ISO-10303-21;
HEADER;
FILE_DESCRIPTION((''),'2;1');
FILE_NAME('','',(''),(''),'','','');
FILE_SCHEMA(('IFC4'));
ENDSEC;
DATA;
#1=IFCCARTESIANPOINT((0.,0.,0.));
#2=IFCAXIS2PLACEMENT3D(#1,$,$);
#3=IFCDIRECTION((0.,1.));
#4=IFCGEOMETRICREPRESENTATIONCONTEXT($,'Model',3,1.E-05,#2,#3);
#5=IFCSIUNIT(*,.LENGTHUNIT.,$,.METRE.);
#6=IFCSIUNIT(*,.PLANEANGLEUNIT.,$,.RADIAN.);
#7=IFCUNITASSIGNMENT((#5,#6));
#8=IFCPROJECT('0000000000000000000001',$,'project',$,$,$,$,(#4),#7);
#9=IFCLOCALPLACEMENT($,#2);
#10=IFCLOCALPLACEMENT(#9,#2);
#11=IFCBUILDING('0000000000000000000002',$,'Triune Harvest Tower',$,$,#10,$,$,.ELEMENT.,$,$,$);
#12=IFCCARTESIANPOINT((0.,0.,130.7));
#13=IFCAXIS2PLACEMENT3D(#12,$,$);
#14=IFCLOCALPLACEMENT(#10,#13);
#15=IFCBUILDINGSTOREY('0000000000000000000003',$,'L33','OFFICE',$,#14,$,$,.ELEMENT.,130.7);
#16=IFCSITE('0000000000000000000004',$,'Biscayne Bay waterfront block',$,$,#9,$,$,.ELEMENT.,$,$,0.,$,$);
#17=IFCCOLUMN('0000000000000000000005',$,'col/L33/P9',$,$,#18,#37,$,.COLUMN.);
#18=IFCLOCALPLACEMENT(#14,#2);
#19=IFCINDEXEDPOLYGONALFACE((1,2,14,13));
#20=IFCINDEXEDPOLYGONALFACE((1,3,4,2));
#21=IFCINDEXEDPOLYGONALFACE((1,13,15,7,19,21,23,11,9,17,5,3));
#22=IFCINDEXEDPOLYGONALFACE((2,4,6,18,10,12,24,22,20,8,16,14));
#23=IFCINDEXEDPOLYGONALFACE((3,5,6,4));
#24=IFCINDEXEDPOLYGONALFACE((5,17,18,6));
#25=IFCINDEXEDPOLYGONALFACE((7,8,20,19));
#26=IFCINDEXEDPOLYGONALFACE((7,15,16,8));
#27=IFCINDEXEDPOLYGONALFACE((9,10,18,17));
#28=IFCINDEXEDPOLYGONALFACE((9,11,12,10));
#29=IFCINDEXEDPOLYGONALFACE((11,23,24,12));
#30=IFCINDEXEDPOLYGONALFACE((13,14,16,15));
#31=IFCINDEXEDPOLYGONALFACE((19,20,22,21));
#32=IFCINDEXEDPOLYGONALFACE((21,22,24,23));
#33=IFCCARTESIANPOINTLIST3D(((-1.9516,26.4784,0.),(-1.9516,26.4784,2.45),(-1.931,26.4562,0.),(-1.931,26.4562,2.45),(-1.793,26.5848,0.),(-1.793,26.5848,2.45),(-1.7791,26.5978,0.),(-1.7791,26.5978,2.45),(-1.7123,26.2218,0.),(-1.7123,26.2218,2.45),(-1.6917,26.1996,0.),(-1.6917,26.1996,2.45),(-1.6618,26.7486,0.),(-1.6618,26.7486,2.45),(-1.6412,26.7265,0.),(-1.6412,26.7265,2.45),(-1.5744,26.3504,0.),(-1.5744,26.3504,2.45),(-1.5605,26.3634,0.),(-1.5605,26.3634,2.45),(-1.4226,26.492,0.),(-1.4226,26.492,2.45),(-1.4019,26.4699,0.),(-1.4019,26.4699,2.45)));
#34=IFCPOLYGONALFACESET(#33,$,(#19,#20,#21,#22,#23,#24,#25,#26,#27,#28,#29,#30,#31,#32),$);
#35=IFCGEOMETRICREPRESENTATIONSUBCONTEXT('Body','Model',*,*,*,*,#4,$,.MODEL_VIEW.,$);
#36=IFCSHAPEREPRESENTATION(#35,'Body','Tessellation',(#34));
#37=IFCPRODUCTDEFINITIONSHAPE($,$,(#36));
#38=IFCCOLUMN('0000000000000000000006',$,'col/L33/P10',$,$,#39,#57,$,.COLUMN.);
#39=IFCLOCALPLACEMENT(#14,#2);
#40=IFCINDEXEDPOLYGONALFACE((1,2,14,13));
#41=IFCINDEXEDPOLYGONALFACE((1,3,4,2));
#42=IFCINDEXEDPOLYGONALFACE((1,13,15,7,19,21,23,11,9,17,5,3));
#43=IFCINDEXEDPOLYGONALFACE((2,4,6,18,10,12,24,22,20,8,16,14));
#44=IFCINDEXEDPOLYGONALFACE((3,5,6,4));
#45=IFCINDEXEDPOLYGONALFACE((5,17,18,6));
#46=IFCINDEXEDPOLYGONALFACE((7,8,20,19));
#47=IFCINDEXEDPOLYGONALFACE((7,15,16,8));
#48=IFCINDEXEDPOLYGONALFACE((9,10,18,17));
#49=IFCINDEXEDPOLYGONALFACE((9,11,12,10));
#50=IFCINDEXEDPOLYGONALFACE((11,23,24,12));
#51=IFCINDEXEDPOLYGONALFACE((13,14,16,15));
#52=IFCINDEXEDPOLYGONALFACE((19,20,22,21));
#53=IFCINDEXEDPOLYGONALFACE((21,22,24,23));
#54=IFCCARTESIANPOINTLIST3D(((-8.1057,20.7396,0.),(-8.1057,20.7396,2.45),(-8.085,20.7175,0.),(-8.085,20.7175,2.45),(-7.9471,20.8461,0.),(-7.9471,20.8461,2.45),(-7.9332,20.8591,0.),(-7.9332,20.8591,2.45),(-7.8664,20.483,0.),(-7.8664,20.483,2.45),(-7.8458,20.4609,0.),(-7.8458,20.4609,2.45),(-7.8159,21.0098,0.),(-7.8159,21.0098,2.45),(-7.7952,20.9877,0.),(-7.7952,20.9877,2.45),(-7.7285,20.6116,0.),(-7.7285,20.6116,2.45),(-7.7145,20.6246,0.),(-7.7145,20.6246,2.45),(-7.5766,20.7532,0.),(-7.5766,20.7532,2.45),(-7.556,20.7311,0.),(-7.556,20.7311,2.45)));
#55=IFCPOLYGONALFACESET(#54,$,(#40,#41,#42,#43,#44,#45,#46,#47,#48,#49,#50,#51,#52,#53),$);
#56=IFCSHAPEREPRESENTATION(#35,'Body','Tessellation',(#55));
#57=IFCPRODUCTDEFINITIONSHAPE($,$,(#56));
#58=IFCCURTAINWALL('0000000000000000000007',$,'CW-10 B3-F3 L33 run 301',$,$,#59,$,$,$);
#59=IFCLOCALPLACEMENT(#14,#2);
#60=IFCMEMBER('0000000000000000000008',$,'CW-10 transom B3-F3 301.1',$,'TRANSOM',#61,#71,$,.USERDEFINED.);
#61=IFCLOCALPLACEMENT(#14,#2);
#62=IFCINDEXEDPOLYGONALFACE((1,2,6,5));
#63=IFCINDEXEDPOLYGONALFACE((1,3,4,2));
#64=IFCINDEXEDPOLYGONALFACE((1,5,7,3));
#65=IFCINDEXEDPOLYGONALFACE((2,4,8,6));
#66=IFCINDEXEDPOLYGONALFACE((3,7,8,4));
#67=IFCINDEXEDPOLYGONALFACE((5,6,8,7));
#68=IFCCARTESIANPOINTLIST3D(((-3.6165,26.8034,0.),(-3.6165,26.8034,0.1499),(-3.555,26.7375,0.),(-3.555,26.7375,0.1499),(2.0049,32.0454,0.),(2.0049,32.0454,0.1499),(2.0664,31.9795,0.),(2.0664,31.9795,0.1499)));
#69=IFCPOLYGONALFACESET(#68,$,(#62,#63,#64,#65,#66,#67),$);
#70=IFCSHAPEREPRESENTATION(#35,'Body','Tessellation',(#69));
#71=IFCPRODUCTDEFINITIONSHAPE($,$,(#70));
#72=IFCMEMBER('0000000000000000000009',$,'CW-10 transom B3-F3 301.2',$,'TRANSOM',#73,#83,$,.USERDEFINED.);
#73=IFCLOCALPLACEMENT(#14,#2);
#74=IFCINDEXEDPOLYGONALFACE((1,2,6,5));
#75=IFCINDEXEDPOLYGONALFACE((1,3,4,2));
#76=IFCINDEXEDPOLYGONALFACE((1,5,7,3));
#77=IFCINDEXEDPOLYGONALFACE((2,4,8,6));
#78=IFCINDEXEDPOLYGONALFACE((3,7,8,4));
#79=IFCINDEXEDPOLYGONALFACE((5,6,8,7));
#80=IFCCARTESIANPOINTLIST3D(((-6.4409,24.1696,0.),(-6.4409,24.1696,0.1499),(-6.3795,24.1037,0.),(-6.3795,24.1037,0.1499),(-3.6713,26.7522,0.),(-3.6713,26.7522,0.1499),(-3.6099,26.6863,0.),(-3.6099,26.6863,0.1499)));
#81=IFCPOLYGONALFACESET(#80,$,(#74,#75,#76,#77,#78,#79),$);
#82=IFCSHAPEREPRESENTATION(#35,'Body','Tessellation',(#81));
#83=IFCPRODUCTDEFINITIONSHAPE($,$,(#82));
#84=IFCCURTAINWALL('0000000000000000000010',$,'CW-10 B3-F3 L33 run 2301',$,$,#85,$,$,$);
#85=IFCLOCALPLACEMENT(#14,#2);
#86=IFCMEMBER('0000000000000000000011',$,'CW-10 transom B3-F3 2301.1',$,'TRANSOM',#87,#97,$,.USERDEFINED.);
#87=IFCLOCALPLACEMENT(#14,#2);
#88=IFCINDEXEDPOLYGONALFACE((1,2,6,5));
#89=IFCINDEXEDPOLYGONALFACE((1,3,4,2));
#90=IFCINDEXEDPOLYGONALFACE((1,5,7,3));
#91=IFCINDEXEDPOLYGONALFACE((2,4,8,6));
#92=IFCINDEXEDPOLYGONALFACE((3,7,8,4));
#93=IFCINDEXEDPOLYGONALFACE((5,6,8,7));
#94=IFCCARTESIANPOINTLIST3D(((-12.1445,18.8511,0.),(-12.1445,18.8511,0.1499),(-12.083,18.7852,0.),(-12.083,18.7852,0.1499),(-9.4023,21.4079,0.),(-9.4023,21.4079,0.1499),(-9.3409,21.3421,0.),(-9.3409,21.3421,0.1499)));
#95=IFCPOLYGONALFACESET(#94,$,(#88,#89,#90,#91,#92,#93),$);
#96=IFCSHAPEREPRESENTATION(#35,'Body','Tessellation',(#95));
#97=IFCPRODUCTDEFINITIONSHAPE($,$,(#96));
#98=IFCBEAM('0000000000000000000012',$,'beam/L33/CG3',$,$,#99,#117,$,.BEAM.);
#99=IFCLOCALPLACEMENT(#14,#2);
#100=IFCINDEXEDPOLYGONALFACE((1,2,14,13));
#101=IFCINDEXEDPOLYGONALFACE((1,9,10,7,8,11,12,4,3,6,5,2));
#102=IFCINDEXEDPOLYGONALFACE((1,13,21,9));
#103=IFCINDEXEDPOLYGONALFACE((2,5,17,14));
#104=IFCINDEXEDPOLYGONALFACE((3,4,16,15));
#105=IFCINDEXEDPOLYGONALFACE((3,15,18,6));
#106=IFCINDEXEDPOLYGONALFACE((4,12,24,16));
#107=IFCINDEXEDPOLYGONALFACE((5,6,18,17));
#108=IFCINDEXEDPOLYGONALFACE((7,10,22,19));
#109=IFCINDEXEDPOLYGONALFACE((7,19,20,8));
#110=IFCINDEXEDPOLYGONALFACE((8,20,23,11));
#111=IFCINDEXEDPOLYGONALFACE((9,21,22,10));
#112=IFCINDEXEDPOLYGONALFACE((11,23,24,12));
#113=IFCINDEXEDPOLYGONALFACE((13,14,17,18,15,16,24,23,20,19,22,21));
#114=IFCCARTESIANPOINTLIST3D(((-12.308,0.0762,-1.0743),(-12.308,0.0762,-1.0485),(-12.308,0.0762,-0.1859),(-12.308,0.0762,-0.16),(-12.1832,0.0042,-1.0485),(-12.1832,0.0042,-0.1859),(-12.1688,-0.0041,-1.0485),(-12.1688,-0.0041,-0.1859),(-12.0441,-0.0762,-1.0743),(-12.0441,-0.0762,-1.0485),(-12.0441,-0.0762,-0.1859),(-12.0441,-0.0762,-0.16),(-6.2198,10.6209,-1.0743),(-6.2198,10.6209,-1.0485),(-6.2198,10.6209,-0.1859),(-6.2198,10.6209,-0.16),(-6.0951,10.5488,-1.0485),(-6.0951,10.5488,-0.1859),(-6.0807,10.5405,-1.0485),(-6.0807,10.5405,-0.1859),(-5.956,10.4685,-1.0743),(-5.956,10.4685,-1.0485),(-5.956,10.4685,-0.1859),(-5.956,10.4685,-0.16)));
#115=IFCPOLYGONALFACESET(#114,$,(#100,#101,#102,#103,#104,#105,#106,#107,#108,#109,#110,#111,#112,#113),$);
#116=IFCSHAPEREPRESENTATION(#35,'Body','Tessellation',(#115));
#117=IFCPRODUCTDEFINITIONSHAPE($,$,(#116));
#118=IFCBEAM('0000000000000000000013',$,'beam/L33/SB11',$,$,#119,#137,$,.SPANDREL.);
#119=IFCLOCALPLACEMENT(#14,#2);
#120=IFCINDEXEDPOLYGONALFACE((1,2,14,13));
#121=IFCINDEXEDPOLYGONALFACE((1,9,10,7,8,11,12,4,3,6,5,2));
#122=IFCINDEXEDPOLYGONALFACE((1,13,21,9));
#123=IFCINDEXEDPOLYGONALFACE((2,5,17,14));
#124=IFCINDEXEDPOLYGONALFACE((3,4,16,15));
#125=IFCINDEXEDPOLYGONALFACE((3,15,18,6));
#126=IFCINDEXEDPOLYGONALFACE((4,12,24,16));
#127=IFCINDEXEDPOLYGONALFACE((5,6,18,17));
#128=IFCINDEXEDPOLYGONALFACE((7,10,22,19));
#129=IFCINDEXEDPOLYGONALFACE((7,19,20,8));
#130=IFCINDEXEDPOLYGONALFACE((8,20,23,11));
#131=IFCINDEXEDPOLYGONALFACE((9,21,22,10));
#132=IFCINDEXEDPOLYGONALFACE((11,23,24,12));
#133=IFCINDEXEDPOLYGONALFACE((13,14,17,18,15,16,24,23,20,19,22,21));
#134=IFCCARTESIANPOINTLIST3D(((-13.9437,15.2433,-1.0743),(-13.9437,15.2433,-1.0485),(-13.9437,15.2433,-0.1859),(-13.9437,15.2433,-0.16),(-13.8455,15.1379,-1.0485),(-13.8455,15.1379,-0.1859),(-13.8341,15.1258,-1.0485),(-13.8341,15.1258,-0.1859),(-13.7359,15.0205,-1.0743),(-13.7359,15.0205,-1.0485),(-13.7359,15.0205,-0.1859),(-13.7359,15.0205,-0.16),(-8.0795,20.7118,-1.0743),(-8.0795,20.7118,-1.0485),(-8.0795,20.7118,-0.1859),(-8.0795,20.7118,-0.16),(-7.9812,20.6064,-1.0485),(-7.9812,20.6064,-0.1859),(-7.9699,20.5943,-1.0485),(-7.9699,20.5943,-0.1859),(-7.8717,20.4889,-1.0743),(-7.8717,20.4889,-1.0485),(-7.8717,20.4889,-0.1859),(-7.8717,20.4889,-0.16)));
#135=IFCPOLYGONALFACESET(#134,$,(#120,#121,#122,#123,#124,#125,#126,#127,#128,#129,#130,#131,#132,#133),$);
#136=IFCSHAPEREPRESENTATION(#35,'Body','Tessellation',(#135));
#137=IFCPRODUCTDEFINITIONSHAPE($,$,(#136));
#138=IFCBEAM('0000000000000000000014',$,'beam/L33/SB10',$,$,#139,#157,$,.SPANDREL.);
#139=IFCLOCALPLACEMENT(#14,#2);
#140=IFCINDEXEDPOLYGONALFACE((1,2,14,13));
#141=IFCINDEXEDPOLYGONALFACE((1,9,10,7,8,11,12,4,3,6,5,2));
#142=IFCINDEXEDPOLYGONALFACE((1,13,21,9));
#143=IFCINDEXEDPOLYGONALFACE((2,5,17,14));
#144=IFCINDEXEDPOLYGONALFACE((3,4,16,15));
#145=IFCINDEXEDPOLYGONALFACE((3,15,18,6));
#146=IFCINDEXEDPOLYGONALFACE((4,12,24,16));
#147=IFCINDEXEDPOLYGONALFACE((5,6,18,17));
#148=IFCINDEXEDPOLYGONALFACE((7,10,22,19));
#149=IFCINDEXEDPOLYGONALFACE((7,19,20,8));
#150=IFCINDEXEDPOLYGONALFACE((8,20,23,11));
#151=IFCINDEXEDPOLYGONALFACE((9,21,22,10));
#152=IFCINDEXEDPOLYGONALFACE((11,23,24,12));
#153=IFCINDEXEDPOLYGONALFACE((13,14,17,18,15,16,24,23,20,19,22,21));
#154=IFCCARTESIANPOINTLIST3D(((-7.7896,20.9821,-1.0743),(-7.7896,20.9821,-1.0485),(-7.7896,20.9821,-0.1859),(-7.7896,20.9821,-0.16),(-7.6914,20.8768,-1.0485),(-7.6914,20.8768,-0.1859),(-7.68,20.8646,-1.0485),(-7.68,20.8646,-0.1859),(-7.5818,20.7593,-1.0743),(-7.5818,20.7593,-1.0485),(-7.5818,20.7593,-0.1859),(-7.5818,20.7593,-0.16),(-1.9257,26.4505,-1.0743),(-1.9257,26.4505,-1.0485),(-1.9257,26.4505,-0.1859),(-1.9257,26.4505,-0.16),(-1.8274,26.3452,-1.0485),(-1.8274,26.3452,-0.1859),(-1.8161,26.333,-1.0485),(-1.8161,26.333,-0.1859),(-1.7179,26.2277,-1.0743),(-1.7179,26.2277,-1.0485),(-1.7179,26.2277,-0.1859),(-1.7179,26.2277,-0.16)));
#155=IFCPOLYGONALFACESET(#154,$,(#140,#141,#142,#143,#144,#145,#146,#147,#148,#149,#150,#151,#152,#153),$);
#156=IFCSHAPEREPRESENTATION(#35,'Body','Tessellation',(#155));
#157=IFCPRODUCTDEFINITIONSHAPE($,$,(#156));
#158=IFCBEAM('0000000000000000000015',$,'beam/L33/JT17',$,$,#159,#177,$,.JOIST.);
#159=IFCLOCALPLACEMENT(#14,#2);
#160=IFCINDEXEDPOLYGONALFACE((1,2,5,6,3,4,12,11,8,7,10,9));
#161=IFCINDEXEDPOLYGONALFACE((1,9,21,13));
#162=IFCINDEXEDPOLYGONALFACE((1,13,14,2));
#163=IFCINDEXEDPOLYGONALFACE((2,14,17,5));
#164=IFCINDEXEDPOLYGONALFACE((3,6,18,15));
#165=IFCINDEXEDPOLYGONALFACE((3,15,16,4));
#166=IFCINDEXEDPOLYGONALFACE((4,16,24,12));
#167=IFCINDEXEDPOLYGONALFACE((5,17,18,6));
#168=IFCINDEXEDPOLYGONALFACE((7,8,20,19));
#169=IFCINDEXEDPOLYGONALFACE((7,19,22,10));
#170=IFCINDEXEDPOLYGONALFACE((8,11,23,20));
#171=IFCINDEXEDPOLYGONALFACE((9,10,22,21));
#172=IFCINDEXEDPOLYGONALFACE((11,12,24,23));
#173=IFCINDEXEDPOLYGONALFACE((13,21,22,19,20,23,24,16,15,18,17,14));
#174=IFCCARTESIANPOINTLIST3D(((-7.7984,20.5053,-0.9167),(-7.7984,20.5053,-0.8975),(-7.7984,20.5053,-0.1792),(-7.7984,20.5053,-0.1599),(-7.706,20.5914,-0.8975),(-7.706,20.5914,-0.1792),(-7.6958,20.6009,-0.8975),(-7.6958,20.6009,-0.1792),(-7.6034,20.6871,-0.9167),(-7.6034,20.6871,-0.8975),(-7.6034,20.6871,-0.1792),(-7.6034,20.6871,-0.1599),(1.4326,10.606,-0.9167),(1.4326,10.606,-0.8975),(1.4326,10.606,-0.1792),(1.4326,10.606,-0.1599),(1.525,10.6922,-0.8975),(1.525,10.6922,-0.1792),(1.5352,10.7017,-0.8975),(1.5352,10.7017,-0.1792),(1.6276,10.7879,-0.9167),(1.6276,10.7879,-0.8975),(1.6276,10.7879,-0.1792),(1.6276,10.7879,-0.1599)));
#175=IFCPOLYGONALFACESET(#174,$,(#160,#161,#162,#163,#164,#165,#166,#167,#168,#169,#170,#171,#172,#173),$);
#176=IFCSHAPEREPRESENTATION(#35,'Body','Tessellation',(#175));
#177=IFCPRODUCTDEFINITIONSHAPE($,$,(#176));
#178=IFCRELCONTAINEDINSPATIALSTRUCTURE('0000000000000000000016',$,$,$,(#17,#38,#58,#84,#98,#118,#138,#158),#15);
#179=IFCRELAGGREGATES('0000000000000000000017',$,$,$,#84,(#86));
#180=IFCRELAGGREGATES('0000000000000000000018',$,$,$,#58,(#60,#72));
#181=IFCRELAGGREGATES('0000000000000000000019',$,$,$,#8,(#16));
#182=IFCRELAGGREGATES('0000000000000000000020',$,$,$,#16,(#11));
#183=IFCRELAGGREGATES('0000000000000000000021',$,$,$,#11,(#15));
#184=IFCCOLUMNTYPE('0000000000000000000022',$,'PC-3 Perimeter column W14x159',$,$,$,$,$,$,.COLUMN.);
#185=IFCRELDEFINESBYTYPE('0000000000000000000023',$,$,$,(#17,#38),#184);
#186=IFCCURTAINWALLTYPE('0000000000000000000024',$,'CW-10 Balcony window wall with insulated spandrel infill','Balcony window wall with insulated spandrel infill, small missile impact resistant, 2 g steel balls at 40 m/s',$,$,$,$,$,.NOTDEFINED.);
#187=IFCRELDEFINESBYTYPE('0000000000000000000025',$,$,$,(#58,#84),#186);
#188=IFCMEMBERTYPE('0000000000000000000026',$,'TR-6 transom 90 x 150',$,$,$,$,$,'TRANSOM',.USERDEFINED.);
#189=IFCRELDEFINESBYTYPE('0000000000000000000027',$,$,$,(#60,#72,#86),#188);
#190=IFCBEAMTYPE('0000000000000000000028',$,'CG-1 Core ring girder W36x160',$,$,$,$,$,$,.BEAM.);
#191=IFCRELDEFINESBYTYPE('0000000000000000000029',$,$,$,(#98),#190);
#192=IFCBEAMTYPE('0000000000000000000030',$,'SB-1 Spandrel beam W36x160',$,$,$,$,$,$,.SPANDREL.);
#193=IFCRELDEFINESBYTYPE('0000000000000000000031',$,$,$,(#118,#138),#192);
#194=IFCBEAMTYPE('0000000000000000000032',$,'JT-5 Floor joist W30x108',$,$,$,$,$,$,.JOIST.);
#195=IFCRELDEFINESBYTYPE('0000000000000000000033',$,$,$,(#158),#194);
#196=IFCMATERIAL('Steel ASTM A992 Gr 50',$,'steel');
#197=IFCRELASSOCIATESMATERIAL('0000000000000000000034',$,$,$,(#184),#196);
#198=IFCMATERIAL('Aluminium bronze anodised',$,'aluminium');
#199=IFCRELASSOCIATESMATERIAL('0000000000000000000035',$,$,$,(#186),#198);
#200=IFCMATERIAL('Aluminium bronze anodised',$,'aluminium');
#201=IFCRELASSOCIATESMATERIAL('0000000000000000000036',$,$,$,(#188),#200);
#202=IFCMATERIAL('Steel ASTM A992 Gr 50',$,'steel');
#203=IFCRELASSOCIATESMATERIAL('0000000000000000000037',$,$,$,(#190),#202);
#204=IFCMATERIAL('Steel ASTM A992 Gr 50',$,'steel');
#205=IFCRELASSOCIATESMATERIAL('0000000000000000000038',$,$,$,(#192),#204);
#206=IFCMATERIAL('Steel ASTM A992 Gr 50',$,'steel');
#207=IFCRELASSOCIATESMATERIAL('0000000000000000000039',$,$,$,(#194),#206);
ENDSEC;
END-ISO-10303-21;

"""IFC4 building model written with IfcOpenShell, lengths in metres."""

from ifc_helpers import new_model, si_unit, direction, frame, origin, origin_2d, place, context, subcontext, project, spatial, rectangle, i_section, extrude, source, transform, mapped, material, material_profile, profile_set, type_object, element, aggregate, save


model = new_model("IFC4")

# Units and contexts
model_context = context("Model", 3, precision=1e-05, world=origin(), true_north=direction((0.0, 1.0)))
body_context = subcontext(model_context, "Body", "Model", "MODEL_VIEW")
ifc_project = project(units=[si_unit("LENGTHUNIT", "METRE"), si_unit("PLANEANGLEUNIT", "RADIAN")], contexts=[model_context])

# Site, building, storey
site_placement = place(None, origin())
site = spatial("IfcSite", under=ifc_project, at=site_placement, Name="Biscayne Bay waterfront block", CompositionType="ELEMENT", RefElevation=0.0)
building_placement = place(site_placement, origin())
building = spatial("IfcBuilding", under=site, at=building_placement, Name="Triune Harvest Tower", CompositionType="ELEMENT")
storey_placement = place(building_placement, frame((0.0, 0.0, 130.7)))
storey = spatial("IfcBuildingStorey", under=building, at=storey_placement, Name="L33", Description="OFFICE", CompositionType="ELEMENT", Elevation=130.7)

# Columns
ifc_material_1 = material(Name="Steel ASTM A992 Gr 50", Category="steel")
ifc_material_profile_1 = material_profile(ifc_material_1, i_section(OverallWidth=0.3962, OverallDepth=0.3811, WebThickness=0.019, FlangeThickness=0.0303, at=origin_2d()), Name="W14x159")
ifc_profile_set_1 = profile_set([ifc_material_profile_1], Name="Steel ASTM A992 Gr 50")
column_type = type_object("IfcColumnType", Name="PC-3 Perimeter column W14x159", PredefinedType="COLUMN", material=ifc_profile_set_1)
shared_shape_1 = source(origin(), body_context, "Body", "SweptSolid", [
    extrude(i_section(OverallWidth=0.3962, OverallDepth=0.3811, WebThickness=0.019, FlangeThickness=0.0303, at=origin_2d()), origin(), (0.0, 0.0, 1.0), 2.45),
])
for number, where, z_axis, x_axis, name in (
    (1, (-1.6768, 26.4741, 0.0), (0.0, 0.0, 1.0), (-0.731355, -0.681997, 0.0), "col/L33/P9"),
    (2, (-7.8308, 20.7354, 0.0), (0.0, 0.0, 1.0), (-0.731355, -0.681997, 0.0), "col/L33/P10"),
):
    element("IfcColumn", number, at=place(storey_placement, frame(where, z_axis=z_axis, x_axis=x_axis)), inside=storey, type_object=column_type, Name=name, PredefinedType="COLUMN", context=body_context, shape_type="MappedRepresentation", body=[
        mapped(shared_shape_1, transform((0.0, 0.0, 0.0), scale=1.0)),
    ])

# Curtain wall, members
ifc_material_2 = material(Name="Aluminium bronze anodised", Category="aluminium")
curtain_wall_type_1 = type_object("IfcCurtainWallType", Name="CW-10 Balcony window wall with insulated spandrel infill", Description="Balcony window wall with insulated spandrel infill, small missile impact resistant, 2 g steel balls at 40 m/s", PredefinedType="NOTDEFINED", material=ifc_material_2)
curtain_wall_1_placement = place(storey_placement, origin())
curtain_wall_1 = element("IfcCurtainWall", 3, at=curtain_wall_1_placement, inside=storey, type_object=curtain_wall_type_1, Name="CW-10 B3-F3 L33 run 301")
ifc_material_3 = material(Name="Aluminium bronze anodised", Category="aluminium")
ifc_material_profile_2 = material_profile(ifc_material_3, rectangle(XDim=0.0901, YDim=0.1499, at=origin_2d()), Name="TR-6 transom 90 x 150")
ifc_profile_set_2 = profile_set([ifc_material_profile_2], Name="Aluminium bronze anodised")
member_type_1 = type_object("IfcMemberType", Name="TR-6 transom 90 x 150", ElementType="TRANSOM", PredefinedType="USERDEFINED", material=ifc_profile_set_2)
member_1_placement = place(storey_placement, frame((2.0356, 32.0125, 0.075), z_axis=(-0.731356, -0.681996, 0.0), x_axis=(0.681996, -0.731356, 0.0)))
member_1 = element("IfcMember", 4, at=member_1_placement, type_object=member_type_1, Name="CW-10 transom B3-F3 301.1", ObjectType="TRANSOM", PredefinedType="USERDEFINED", context=body_context, shape_type="SweptSolid", body=[
    extrude(rectangle(XDim=0.0901, YDim=0.1499, at=origin_2d()), origin(), (0.0, 0.0, 1.0), 7.6863),
])
member_2_placement = place(storey_placement, frame((-3.6406, 26.7192, 0.075), z_axis=(-0.731368, -0.681983, 0.0), x_axis=(0.681983, -0.731368, 0.0)))
member_2 = element("IfcMember", 5, at=member_2_placement, type_object=member_type_1, Name="CW-10 transom B3-F3 301.2", ObjectType="TRANSOM", PredefinedType="USERDEFINED", context=body_context, shape_type="SweptSolid", body=[
    extrude(rectangle(XDim=0.0901, YDim=0.1499, at=origin_2d()), origin(), (0.0, 0.0, 1.0), 3.7869),
])

# Curtain wall, member
curtain_wall_2_placement = place(storey_placement, origin())
curtain_wall_2 = element("IfcCurtainWall", 6, at=curtain_wall_2_placement, inside=storey, type_object=curtain_wall_type_1, Name="CW-10 B3-F3 L33 run 2301")
member_3_placement = place(storey_placement, frame((-9.3716, 21.375, 0.075), z_axis=(-0.731386, -0.681963, 0.0), x_axis=(0.681963, -0.731386, 0.0)))
member_3 = element("IfcMember", 7, at=member_3_placement, type_object=member_type_1, Name="CW-10 transom B3-F3 2301.1", ObjectType="TRANSOM", PredefinedType="USERDEFINED", context=body_context, shape_type="SweptSolid", body=[
    extrude(rectangle(XDim=0.0901, YDim=0.1499, at=origin_2d()), origin(), (0.0, 0.0, 1.0), 3.7493),
])

# Beams
ifc_material_4 = material(Name="Steel ASTM A992 Gr 50", Category="steel")
ifc_material_profile_3 = material_profile(ifc_material_4, i_section(OverallWidth=0.3047, OverallDepth=0.9143, WebThickness=0.0166, FlangeThickness=0.0259, at=origin_2d()), Name="W36x160")
ifc_profile_set_3 = profile_set([ifc_material_profile_3], Name="Steel ASTM A992 Gr 50")
beam_type_1 = type_object("IfcBeamType", Name="CG-1 Core ring girder W36x160", PredefinedType="BEAM", material=ifc_profile_set_3)
shared_shape_2 = source(origin(), body_context, "Body", "SweptSolid", [
    extrude(i_section(OverallWidth=0.3047, OverallDepth=0.9143, WebThickness=0.0166, FlangeThickness=0.0259, at=origin_2d()), origin(), (0.0, 0.0, 1.0), 12.176),
])
beam_1_placement = place(storey_placement, frame((-6.0879, 10.5447, -0.6172), z_axis=(-0.50001, -0.86602, 0.0), x_axis=(0.86602, -0.50001, 0.0)))
element("IfcBeam", 8, at=beam_1_placement, inside=storey, type_object=beam_type_1, Name="beam/L33/CG3", PredefinedType="BEAM", context=body_context, shape_type="MappedRepresentation", body=[
    mapped(shared_shape_2, transform((0.0, 0.0, 0.0), scale=1.0)),
])
ifc_material_5 = material(Name="Steel ASTM A992 Gr 50", Category="steel")
ifc_material_profile_4 = material_profile(ifc_material_5, i_section(OverallWidth=0.3047, OverallDepth=0.9143, WebThickness=0.0166, FlangeThickness=0.0259, at=origin_2d()), Name="W36x160")
ifc_profile_set_4 = profile_set([ifc_material_profile_4], Name="Steel ASTM A992 Gr 50")
beam_type_2 = type_object("IfcBeamType", Name="SB-1 Spandrel beam W36x160", PredefinedType="SPANDREL", material=ifc_profile_set_4)
shared_shape_3 = source(origin(), body_context, "Body", "SweptSolid", [
    extrude(i_section(OverallWidth=0.3047, OverallDepth=0.9143, WebThickness=0.0166, FlangeThickness=0.0259, at=origin_2d()), origin(), (0.0, 0.0, 1.0), 8.0183),
])
beam_2_placement = place(storey_placement, frame((-7.9756, 20.6003, -0.6172), z_axis=(-0.731354, -0.681998, 0.0), x_axis=(0.681998, -0.731354, 0.0)))
element("IfcBeam", 9, at=beam_2_placement, inside=storey, type_object=beam_type_2, Name="beam/L33/SB11", PredefinedType="SPANDREL", context=body_context, shape_type="MappedRepresentation", body=[
    mapped(shared_shape_3, transform((0.0, 0.0, 0.0), scale=1.0)),
])
shared_shape_4 = source(origin(), body_context, "Body", "SweptSolid", [
    extrude(i_section(OverallWidth=0.3047, OverallDepth=0.9143, WebThickness=0.0166, FlangeThickness=0.0259, at=origin_2d()), origin(), (0.0, 0.0, 1.0), 8.0181),
])
beam_3_placement = place(storey_placement, frame((-1.8218, 26.3391, -0.6172), z_axis=(-0.73134, -0.682013, 0.0), x_axis=(0.682013, -0.73134, 0.0)))
element("IfcBeam", 10, at=beam_3_placement, inside=storey, type_object=beam_type_2, Name="beam/L33/SB10", PredefinedType="SPANDREL", context=body_context, shape_type="MappedRepresentation", body=[
    mapped(shared_shape_4, transform((0.0, 0.0, 0.0), scale=1.0)),
])
ifc_material_6 = material(Name="Steel ASTM A992 Gr 50", Category="steel")
ifc_material_profile_5 = material_profile(ifc_material_6, i_section(OverallWidth=0.2666, OverallDepth=0.7568, WebThickness=0.0139, FlangeThickness=0.0193, at=origin_2d()), Name="W30x108")
ifc_profile_set_5 = profile_set([ifc_material_profile_5], Name="Steel ASTM A992 Gr 50")
beam_type_3 = type_object("IfcBeamType", Name="JT-5 Floor joist W30x108", PredefinedType="JOIST", material=ifc_profile_set_5)
shared_shape_5 = source(origin(), body_context, "Body", "SweptSolid", [
    extrude(i_section(OverallWidth=0.2666, OverallDepth=0.7568, WebThickness=0.0139, FlangeThickness=0.0193, at=origin_2d()), origin(), (0.0, 0.0, 1.0), 13.5354),
])
beam_4_placement = place(storey_placement, frame((-7.7009, 20.5962, -0.5383), z_axis=(0.681992, -0.73136, 0.0), x_axis=(0.73136, 0.681992, 0.0)))
element("IfcBeam", 11, at=beam_4_placement, inside=storey, type_object=beam_type_3, Name="beam/L33/JT17", PredefinedType="JOIST", context=body_context, shape_type="MappedRepresentation", body=[
    mapped(shared_shape_5, transform((0.0, 0.0, 0.0), scale=1.0)),
])

aggregate(curtain_wall_2, [member_3])

aggregate(curtain_wall_1, [member_1, member_2])

save(model, "model.ifc")
